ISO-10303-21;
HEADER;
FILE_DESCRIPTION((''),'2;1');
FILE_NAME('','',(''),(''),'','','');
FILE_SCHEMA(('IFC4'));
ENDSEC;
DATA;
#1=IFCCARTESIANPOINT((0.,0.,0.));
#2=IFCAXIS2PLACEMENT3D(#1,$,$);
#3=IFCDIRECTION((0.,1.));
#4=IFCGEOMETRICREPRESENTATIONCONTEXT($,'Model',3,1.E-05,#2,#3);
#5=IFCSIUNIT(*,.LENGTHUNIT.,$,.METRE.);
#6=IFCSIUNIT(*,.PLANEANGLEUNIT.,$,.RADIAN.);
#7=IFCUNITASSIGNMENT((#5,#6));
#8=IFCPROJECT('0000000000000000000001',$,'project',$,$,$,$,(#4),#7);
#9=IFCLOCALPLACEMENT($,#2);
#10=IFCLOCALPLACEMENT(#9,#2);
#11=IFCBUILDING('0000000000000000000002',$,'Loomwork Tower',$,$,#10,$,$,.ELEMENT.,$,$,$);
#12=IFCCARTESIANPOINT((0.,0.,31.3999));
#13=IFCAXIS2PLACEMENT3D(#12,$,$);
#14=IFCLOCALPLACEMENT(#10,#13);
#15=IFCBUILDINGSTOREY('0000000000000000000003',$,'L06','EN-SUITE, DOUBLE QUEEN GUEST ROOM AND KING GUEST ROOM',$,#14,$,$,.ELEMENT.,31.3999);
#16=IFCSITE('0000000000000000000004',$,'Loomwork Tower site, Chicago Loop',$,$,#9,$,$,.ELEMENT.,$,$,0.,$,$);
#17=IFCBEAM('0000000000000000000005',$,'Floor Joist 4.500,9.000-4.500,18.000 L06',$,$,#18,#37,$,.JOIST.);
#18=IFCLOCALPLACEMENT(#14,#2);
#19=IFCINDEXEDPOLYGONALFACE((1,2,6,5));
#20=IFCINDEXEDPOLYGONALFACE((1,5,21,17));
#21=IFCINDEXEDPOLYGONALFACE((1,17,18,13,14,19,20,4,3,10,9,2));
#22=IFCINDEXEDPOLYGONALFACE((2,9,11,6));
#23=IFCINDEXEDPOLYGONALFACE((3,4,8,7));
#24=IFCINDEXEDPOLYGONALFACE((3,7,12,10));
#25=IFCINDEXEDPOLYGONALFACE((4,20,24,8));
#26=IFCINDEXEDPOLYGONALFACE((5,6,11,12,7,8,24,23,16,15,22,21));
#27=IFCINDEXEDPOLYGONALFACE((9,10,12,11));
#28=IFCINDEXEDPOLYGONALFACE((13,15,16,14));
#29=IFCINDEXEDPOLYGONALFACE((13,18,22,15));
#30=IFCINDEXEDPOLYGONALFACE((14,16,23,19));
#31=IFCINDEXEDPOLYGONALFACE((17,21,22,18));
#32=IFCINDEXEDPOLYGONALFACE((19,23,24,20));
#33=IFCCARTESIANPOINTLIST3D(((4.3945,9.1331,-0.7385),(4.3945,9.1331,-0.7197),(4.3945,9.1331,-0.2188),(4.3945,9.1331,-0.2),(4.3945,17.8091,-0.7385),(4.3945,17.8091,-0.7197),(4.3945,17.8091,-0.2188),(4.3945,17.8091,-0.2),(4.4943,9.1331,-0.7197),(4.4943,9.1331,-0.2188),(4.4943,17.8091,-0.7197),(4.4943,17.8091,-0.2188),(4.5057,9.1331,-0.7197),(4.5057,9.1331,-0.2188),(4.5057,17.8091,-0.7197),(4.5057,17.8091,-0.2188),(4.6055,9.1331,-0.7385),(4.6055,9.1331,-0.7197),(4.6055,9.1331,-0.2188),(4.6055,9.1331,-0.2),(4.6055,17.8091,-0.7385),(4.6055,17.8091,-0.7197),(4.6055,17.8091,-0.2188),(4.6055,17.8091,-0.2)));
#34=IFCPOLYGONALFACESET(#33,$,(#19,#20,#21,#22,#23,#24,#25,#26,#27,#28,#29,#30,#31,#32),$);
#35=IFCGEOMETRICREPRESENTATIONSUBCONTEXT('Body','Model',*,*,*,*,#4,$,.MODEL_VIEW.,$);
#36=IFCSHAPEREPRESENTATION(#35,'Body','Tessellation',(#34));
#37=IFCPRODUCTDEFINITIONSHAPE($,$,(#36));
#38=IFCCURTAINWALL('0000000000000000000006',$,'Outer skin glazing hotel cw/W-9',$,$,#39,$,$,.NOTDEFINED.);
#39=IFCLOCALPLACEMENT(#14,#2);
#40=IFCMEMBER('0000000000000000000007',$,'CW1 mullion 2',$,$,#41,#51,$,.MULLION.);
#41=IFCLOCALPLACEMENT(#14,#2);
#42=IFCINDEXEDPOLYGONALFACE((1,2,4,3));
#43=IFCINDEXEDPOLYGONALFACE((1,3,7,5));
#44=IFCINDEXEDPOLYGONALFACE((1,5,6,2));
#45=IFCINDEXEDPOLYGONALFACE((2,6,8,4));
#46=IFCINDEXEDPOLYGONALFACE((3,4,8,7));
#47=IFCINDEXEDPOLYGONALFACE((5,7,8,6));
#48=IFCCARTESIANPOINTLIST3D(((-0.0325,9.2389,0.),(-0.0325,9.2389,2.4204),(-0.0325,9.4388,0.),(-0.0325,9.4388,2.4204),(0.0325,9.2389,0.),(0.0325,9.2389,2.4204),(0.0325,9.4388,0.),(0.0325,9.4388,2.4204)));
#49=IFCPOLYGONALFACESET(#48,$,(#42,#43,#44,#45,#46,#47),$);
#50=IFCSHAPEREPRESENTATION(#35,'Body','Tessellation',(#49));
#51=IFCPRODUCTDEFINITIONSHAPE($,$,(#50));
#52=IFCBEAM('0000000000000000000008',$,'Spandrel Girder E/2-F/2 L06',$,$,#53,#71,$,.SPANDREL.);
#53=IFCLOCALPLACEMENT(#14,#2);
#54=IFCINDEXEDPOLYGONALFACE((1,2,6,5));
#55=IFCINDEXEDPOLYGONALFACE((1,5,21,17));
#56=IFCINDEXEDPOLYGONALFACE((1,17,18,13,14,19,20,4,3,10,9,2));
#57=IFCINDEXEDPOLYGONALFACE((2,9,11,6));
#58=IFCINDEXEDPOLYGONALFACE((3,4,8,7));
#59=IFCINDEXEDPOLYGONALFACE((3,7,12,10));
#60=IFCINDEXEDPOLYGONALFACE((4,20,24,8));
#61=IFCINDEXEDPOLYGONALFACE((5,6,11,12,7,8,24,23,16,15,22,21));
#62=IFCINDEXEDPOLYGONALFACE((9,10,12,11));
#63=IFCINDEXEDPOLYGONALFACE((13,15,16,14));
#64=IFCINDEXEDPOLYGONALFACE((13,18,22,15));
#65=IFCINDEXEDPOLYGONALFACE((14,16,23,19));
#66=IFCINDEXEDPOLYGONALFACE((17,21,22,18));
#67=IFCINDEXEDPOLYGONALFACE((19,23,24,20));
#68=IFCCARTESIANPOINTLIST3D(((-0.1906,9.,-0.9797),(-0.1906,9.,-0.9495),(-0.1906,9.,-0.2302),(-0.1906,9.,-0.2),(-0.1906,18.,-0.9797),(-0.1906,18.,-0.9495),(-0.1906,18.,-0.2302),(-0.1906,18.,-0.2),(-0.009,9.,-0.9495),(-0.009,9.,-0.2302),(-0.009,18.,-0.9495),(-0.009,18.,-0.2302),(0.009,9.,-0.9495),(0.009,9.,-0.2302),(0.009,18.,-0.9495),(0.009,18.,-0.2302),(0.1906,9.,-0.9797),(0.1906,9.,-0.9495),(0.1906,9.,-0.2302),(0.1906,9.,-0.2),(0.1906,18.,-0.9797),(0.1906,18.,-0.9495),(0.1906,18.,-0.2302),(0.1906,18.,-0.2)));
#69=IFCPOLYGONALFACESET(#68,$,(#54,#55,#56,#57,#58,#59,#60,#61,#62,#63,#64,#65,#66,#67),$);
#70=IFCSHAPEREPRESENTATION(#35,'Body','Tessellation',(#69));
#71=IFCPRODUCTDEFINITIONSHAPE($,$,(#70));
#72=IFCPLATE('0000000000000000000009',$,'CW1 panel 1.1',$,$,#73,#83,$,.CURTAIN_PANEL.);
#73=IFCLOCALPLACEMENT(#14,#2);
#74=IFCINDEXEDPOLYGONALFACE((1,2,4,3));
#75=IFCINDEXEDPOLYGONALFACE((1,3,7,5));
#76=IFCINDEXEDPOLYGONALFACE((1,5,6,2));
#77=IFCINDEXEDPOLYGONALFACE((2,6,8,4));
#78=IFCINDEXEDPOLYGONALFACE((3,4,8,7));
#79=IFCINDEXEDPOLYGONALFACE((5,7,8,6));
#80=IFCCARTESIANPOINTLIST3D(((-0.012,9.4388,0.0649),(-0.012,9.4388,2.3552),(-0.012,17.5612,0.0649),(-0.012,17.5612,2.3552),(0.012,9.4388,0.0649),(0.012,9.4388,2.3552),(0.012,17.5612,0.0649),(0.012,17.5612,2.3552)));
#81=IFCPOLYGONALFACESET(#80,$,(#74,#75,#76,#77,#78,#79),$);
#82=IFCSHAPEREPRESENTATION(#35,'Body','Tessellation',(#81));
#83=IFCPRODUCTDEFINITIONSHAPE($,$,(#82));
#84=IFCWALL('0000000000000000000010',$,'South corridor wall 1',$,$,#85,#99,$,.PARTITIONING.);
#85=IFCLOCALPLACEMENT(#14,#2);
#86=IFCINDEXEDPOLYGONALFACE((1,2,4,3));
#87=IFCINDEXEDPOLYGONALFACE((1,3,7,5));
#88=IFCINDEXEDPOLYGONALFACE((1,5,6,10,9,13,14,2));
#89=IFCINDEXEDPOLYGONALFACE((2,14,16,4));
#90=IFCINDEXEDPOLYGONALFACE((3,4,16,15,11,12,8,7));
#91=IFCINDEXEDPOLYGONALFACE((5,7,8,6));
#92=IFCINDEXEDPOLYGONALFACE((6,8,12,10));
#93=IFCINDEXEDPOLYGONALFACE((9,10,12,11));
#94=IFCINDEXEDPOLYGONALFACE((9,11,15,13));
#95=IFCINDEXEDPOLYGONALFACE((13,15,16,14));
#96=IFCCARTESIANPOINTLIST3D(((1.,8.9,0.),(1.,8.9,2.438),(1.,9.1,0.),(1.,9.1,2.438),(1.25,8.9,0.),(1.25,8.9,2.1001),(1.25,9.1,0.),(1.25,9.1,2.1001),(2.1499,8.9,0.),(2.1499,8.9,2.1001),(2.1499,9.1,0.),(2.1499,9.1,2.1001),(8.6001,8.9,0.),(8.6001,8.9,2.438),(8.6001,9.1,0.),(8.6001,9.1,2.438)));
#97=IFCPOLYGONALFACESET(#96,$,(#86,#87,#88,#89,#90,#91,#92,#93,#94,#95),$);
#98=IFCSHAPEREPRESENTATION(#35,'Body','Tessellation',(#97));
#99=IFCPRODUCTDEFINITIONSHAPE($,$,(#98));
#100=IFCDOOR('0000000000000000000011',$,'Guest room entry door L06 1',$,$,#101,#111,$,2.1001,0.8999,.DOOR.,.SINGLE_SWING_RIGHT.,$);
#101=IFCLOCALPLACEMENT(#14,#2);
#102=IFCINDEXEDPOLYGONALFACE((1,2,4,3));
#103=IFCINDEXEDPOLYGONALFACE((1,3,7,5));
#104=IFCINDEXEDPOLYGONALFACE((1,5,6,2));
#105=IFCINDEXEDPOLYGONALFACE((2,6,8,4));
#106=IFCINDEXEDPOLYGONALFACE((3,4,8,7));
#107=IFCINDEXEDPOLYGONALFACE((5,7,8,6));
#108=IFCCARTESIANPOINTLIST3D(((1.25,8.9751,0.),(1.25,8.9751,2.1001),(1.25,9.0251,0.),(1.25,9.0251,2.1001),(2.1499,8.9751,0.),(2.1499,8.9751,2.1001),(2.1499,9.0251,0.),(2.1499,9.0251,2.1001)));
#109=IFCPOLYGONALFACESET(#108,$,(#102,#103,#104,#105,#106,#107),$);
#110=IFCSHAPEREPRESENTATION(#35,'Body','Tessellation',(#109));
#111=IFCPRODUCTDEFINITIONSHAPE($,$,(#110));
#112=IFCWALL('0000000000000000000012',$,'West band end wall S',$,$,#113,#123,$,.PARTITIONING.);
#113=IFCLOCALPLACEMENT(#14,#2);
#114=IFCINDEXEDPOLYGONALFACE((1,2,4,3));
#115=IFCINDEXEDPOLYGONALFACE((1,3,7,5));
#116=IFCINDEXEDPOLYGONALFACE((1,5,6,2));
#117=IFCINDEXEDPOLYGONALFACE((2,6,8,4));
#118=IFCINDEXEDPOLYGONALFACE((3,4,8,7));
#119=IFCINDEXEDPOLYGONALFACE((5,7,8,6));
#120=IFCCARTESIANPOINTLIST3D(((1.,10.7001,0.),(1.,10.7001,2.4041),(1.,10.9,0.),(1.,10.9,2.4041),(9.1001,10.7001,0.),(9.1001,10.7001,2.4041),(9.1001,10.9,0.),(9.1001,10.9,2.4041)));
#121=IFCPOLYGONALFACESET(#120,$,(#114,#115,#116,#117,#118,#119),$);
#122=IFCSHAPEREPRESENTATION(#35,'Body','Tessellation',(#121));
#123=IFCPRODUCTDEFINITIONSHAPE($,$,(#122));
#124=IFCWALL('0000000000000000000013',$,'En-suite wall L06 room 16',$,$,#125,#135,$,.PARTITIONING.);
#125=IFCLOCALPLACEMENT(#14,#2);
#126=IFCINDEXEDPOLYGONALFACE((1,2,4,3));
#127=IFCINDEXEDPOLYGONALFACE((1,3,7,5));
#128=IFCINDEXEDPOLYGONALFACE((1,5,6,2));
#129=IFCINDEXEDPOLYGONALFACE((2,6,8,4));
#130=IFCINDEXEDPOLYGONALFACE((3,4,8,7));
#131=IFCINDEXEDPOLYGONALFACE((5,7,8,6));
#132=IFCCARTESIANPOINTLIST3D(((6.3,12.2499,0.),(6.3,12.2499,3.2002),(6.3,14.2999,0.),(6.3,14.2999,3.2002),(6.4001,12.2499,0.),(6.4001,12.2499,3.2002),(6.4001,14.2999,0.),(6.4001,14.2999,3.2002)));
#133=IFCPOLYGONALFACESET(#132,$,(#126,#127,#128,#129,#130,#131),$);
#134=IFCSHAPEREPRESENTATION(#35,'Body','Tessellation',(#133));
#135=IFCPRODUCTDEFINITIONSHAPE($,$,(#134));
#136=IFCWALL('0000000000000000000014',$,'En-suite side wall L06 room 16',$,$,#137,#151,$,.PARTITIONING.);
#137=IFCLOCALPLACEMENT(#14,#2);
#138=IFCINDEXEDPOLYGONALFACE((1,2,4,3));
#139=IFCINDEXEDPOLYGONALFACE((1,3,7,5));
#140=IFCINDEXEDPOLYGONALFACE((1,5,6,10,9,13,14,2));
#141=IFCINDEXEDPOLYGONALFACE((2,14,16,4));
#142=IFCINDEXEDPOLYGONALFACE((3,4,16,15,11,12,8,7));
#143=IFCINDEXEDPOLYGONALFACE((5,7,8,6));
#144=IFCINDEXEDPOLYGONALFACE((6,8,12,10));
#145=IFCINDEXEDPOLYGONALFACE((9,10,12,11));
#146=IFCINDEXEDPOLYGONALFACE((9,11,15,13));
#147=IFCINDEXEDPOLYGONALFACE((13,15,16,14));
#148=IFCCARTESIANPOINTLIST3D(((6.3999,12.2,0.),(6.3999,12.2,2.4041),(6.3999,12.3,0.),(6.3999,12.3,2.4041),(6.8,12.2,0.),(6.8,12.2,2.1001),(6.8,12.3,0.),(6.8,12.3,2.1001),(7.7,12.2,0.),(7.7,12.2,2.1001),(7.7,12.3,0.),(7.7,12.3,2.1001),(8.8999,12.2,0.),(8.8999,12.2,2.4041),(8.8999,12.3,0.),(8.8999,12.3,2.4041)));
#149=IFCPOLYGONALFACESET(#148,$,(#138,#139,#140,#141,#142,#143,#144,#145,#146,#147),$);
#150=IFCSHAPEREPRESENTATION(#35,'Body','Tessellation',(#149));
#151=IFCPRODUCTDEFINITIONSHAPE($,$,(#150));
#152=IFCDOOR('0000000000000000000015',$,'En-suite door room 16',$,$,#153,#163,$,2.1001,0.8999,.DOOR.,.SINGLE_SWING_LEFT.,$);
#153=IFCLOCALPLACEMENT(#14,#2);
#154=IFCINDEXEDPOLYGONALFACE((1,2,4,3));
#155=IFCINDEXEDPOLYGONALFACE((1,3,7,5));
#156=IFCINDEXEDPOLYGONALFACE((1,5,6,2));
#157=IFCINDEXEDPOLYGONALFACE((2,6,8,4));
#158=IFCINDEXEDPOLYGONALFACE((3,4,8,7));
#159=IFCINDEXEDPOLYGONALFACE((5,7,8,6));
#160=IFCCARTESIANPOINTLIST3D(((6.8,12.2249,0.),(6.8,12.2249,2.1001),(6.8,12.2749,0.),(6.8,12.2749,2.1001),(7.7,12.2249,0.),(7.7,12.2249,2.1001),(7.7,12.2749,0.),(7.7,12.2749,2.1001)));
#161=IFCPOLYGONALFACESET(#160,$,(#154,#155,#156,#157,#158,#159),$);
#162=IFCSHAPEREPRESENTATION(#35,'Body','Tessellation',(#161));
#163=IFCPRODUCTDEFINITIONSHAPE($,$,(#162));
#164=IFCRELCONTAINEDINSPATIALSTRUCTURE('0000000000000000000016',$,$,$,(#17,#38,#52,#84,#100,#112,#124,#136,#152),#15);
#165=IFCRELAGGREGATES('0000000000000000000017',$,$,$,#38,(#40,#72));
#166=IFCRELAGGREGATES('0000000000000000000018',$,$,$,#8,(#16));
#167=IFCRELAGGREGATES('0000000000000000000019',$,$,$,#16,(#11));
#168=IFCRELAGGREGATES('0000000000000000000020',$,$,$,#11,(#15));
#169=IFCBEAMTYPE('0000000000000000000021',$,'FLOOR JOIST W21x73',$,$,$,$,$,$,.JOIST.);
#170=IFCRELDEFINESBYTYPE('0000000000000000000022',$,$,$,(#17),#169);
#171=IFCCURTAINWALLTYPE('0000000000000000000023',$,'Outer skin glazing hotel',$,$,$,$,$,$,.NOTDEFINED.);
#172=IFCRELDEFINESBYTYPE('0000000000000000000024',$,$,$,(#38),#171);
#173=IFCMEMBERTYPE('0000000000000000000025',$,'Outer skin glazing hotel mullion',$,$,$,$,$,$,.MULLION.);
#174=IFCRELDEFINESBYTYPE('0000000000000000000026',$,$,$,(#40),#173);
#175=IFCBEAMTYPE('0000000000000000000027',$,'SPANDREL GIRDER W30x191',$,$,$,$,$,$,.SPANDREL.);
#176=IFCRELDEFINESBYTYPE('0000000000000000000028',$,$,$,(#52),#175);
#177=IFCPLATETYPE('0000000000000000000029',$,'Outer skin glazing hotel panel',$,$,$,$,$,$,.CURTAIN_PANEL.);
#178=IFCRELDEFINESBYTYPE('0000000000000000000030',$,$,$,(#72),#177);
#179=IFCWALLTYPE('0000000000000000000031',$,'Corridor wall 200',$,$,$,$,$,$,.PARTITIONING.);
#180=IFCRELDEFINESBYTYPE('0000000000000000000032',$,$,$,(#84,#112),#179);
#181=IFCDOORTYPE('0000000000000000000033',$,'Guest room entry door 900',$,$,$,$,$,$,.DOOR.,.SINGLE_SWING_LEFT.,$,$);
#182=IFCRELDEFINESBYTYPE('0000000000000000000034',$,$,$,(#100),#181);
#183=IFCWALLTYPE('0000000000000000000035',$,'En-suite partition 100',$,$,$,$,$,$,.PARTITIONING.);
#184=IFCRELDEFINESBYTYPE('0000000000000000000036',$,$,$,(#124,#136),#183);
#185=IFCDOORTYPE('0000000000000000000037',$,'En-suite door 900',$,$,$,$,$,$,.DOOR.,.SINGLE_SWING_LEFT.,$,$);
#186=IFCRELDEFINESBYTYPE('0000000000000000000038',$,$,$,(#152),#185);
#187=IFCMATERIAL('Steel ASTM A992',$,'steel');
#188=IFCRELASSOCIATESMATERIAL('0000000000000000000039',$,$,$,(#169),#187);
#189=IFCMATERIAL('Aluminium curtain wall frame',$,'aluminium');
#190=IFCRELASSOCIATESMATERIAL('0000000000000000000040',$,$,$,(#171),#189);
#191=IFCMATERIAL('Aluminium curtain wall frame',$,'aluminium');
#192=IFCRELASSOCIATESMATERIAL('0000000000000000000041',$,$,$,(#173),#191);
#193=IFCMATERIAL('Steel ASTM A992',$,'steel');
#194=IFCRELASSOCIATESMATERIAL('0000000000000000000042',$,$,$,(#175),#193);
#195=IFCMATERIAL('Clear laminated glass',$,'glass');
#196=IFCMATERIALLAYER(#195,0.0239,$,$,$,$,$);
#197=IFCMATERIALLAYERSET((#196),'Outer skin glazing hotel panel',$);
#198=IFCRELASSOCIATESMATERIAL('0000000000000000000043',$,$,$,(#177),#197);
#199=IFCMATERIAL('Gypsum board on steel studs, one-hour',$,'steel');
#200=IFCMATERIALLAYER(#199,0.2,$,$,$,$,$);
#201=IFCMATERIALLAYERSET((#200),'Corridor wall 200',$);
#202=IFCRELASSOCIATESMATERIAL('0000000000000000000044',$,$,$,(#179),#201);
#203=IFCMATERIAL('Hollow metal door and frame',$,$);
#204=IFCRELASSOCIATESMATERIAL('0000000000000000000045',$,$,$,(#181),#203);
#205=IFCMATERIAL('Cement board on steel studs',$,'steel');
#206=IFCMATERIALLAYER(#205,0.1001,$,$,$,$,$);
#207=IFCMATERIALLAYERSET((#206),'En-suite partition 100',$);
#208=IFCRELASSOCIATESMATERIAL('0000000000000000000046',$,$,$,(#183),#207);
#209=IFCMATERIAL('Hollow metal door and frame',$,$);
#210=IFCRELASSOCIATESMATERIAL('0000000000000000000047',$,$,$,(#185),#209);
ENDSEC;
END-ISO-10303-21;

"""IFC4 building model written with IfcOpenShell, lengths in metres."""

from ifc_helpers import new_model, si_unit, direction, frame, frame_2d, origin, origin_2d, place, context, subcontext, project, spatial, rectangle, i_section, extrude, material, layer, layer_set, material_profile, profile_set, type_object, element, fill, aggregate, save


model = new_model("IFC4")

# Units and contexts
model_context = context("Model", 3, precision=1e-05, world=origin(), true_north=direction((0.0, 1.0)))
body_context = subcontext(model_context, "Body", "Model", "MODEL_VIEW")
ifc_project = project(units=[si_unit("LENGTHUNIT", "METRE"), si_unit("PLANEANGLEUNIT", "RADIAN")], contexts=[model_context])

# Site, building, storey
site_placement = place(None, origin())
site = spatial("IfcSite", under=ifc_project, at=site_placement, Name="Loomwork Tower site, Chicago Loop", CompositionType="ELEMENT", RefElevation=0.0)
building_placement = place(site_placement, origin())
building = spatial("IfcBuilding", under=site, at=building_placement, Name="Loomwork Tower", CompositionType="ELEMENT")
storey_placement = place(building_placement, frame((0.0, 0.0, 31.3999)))
storey = spatial("IfcBuildingStorey", under=building, at=storey_placement, Name="L06", Description="EN-SUITE, DOUBLE QUEEN GUEST ROOM AND KING GUEST ROOM", CompositionType="ELEMENT", Elevation=31.3999)

# Beam
ifc_material_1 = material(Name="Steel ASTM A992", Category="steel")
ifc_material_profile_1 = material_profile(ifc_material_1, i_section(OverallWidth=0.2109, OverallDepth=0.5386, WebThickness=0.0115, FlangeThickness=0.0188, at=origin_2d()), Name="W21x73")
ifc_profile_set_1 = profile_set([ifc_material_profile_1], Name="Steel ASTM A992")
beam_type_1 = type_object("IfcBeamType", Name="FLOOR JOIST W21x73", PredefinedType="JOIST", material=ifc_profile_set_1)
beam_1_placement = place(storey_placement, frame((4.5, 9.1331, -0.4692), z_axis=(0.0, 1.0, 0.0), x_axis=(-1.0, 0.0, 0.0)))
element("IfcBeam", 1, at=beam_1_placement, inside=storey, type_object=beam_type_1, Name="Floor Joist 4.500,9.000-4.500,18.000 L06", PredefinedType="JOIST", context=body_context, shape_type="SweptSolid", body=[
    extrude(i_section(OverallWidth=0.2109, OverallDepth=0.5386, WebThickness=0.0115, FlangeThickness=0.0188, at=origin_2d()), origin(), (0.0, 0.0, 1.0), 8.676),
])

# Curtain wall, member
ifc_material_2 = material(Name="Aluminium curtain wall frame", Category="aluminium")
curtain_wall_type = type_object("IfcCurtainWallType", Name="Outer skin glazing hotel", PredefinedType="NOTDEFINED", material=ifc_material_2)
curtain_wall_placement = place(storey_placement, origin())
curtain_wall = element("IfcCurtainWall", 2, at=curtain_wall_placement, inside=storey, type_object=curtain_wall_type, Name="Outer skin glazing hotel cw/W-9", PredefinedType="NOTDEFINED")
ifc_material_3 = material(Name="Aluminium curtain wall frame", Category="aluminium")
ifc_material_profile_2 = material_profile(ifc_material_3, rectangle(XDim=0.0649, YDim=0.2, at=origin_2d()), Name="AL 65x200")
ifc_profile_set_2 = profile_set([ifc_material_profile_2], Name="Aluminium curtain wall frame")
member_type = type_object("IfcMemberType", Name="Outer skin glazing hotel mullion", PredefinedType="MULLION", material=ifc_profile_set_2)
member_placement = place(storey_placement, frame((0.0, 9.3389, 0.0), z_axis=(0.0, 0.0, 1.0), x_axis=(1.0, 0.0, 0.0)))
member = element("IfcMember", 3, at=member_placement, type_object=member_type, Name="CW1 mullion 2", PredefinedType="MULLION", context=body_context, shape_type="SweptSolid", body=[
    extrude(rectangle(XDim=0.0649, YDim=0.2, at=origin_2d()), origin(), (0.0, 0.0, 1.0), 2.4204),
])

# Beam
ifc_material_4 = material(Name="Steel ASTM A992", Category="steel")
ifc_material_profile_3 = material_profile(ifc_material_4, i_section(OverallWidth=0.3811, OverallDepth=0.7798, WebThickness=0.0181, FlangeThickness=0.0303, at=origin_2d()), Name="W30x191")
ifc_profile_set_3 = profile_set([ifc_material_profile_3], Name="Steel ASTM A992")
beam_type_2 = type_object("IfcBeamType", Name="SPANDREL GIRDER W30x191", PredefinedType="SPANDREL", material=ifc_profile_set_3)
beam_2_placement = place(storey_placement, frame((0.0, 9.0, -0.5898), z_axis=(0.0, 1.0, 0.0), x_axis=(-1.0, 0.0, 0.0)))
element("IfcBeam", 4, at=beam_2_placement, inside=storey, type_object=beam_type_2, Name="Spandrel Girder E/2-F/2 L06", PredefinedType="SPANDREL", context=body_context, shape_type="SweptSolid", body=[
    extrude(i_section(OverallWidth=0.3811, OverallDepth=0.7798, WebThickness=0.0181, FlangeThickness=0.0303, at=origin_2d()), origin(), (0.0, 0.0, 1.0), 9.0),
])

# Plate
ifc_material_5 = material(Name="Clear laminated glass", Category="glass")
ifc_layer_1 = layer(ifc_material_5, 0.0239)
ifc_layer_set_1 = layer_set([ifc_layer_1], Name="Outer skin glazing hotel panel")
plate_type = type_object("IfcPlateType", Name="Outer skin glazing hotel panel", PredefinedType="CURTAIN_PANEL", material=ifc_layer_set_1)
plate_placement = place(storey_placement, frame((0.0, 13.5, 0.0649), z_axis=(0.0, 0.0, 1.0), x_axis=(0.0, -1.0, 0.0)))
plate = element("IfcPlate", 5, at=plate_placement, type_object=plate_type, Name="CW1 panel 1.1", PredefinedType="CURTAIN_PANEL", context=body_context, shape_type="SweptSolid", body=[
    extrude(rectangle(XDim=8.1223, YDim=0.0239, at=origin_2d()), origin(), (0.0, 0.0, 1.0), 2.2903),
])
aggregate(curtain_wall, [member, plate])

# Wall, opening, door
ifc_material_6 = material(Name="Gypsum board on steel studs, one-hour", Category="steel")
ifc_layer_2 = layer(ifc_material_6, 0.2)
ifc_layer_set_2 = layer_set([ifc_layer_2], Name="Corridor wall 200")
wall_type_1 = type_object("IfcWallType", Name="Corridor wall 200", PredefinedType="PARTITIONING", material=ifc_layer_set_2)
wall_1_placement = place(storey_placement, frame((1.0, 9.0, 0.0), z_axis=(0.0, 0.0, 1.0), x_axis=(1.0, 0.0, 0.0)))
wall_1 = element("IfcWall", 6, at=wall_1_placement, inside=storey, type_object=wall_type_1, Name="South corridor wall 1", PredefinedType="PARTITIONING", context=body_context, shape_type="SweptSolid", body=[
    extrude(rectangle(XDim=7.6001, YDim=0.2, at=frame_2d((3.8, 0.0))), origin(), (0.0, 0.0, 1.0), 2.438),
])
opening_1_placement = place(wall_1_placement, frame((0.25, 0.0, 0.0)))
opening_1 = element("IfcOpeningElement", 7, at=opening_1_placement, cuts=wall_1, PredefinedType="OPENING", context=body_context, shape_type="SweptSolid", body=[
    extrude(rectangle(XDim=0.8999, YDim=2.1001, at=frame_2d((0.45, 1.05))), frame((0.0, 0.1099, 0.0), z_axis=(0.0, -1.0, 0.0), x_axis=(1.0, 0.0, 0.0)), (0.0, 0.0, 1.0), 0.22),
])
ifc_material_7 = material(Name="Hollow metal door and frame")
door_type_1 = type_object("IfcDoorType", Name="Guest room entry door 900", OperationType="SINGLE_SWING_LEFT", PredefinedType="DOOR", material=ifc_material_7)
door_1_placement = place(opening_1_placement, frame((0.8999, 0.0, 0.0), z_axis=(0.0, 0.0, 1.0), x_axis=(-1.0, 0.0, 0.0)))
door_1 = element("IfcDoor", 8, at=door_1_placement, inside=storey, type_object=door_type_1, Name="Guest room entry door L06 1", OperationType="SINGLE_SWING_RIGHT", OverallHeight=2.1001, OverallWidth=0.8999, PredefinedType="DOOR", context=body_context, shape_type="SweptSolid", body=[
    extrude(rectangle(XDim=0.8999, YDim=2.1001, at=frame_2d((0.45, 1.05))), frame((0.0, 0.0249, 0.0), z_axis=(0.0, -1.0, 0.0), x_axis=(1.0, 0.0, 0.0)), (0.0, 0.0, 1.0), 0.05),
])
fill(opening_1, door_1)

# Walls
wall_2_placement = place(storey_placement, frame((1.0, 10.8, 0.0), z_axis=(0.0, 0.0, 1.0), x_axis=(1.0, 0.0, 0.0)))
element("IfcWall", 9, at=wall_2_placement, inside=storey, type_object=wall_type_1, Name="West band end wall S", PredefinedType="PARTITIONING", context=body_context, shape_type="SweptSolid", body=[
    extrude(rectangle(XDim=8.1001, YDim=0.2, at=frame_2d((4.05, 0.0))), origin(), (0.0, 0.0, 1.0), 2.4041),
])
ifc_material_8 = material(Name="Cement board on steel studs", Category="steel")
ifc_layer_3 = layer(ifc_material_8, 0.1001)
ifc_layer_set_3 = layer_set([ifc_layer_3], Name="En-suite partition 100")
wall_type_2 = type_object("IfcWallType", Name="En-suite partition 100", PredefinedType="PARTITIONING", material=ifc_layer_set_3)
wall_3_placement = place(storey_placement, frame((6.3501, 12.25, 0.0), z_axis=(0.0, 0.0, 1.0), x_axis=(0.0, 1.0, 0.0)))
element("IfcWall", 10, at=wall_3_placement, inside=storey, type_object=wall_type_2, Name="En-suite wall L06 room 16", PredefinedType="PARTITIONING", context=body_context, shape_type="SweptSolid", body=[
    extrude(rectangle(XDim=2.05, YDim=0.1001, at=frame_2d((1.0249, 0.0))), origin(), (0.0, 0.0, 1.0), 3.2002),
])

# Wall, opening, door
wall_4_placement = place(storey_placement, frame((8.8999, 12.25, 0.0), z_axis=(0.0, 0.0, 1.0), x_axis=(-1.0, 0.0, 0.0)))
wall_4 = element("IfcWall", 11, at=wall_4_placement, inside=storey, type_object=wall_type_2, Name="En-suite side wall L06 room 16", PredefinedType="PARTITIONING", context=body_context, shape_type="SweptSolid", body=[
    extrude(rectangle(XDim=2.5, YDim=0.1001, at=frame_2d((1.25, 0.0))), origin(), (0.0, 0.0, 1.0), 2.4041),
])
opening_2_placement = place(wall_4_placement, frame((1.2, 0.0, 0.0)))
opening_2 = element("IfcOpeningElement", 12, at=opening_2_placement, cuts=wall_4, PredefinedType="OPENING", context=body_context, shape_type="SweptSolid", body=[
    extrude(rectangle(XDim=0.8999, YDim=2.1001, at=frame_2d((0.45, 1.05))), frame((0.0, 0.0601, 0.0), z_axis=(0.0, -1.0, 0.0), x_axis=(1.0, 0.0, 0.0)), (0.0, 0.0, 1.0), 0.1201),
])
ifc_material_9 = material(Name="Hollow metal door and frame")
door_type_2 = type_object("IfcDoorType", Name="En-suite door 900", OperationType="SINGLE_SWING_LEFT", PredefinedType="DOOR", material=ifc_material_9)
door_2_placement = place(opening_2_placement, frame((0.8999, 0.0, 0.0), z_axis=(0.0, 0.0, 1.0), x_axis=(-1.0, 0.0, 0.0)))
door_2 = element("IfcDoor", 13, at=door_2_placement, inside=storey, type_object=door_type_2, Name="En-suite door room 16", OperationType="SINGLE_SWING_LEFT", OverallHeight=2.1001, OverallWidth=0.8999, PredefinedType="DOOR", context=body_context, shape_type="SweptSolid", body=[
    extrude(rectangle(XDim=0.8999, YDim=2.1001, at=frame_2d((0.45, 1.05))), frame((0.0, 0.0249, 0.0), z_axis=(0.0, -1.0, 0.0), x_axis=(1.0, 0.0, 0.0)), (0.0, 0.0, 1.0), 0.05),
])
fill(opening_2, door_2)

save(model, "model.ifc")
